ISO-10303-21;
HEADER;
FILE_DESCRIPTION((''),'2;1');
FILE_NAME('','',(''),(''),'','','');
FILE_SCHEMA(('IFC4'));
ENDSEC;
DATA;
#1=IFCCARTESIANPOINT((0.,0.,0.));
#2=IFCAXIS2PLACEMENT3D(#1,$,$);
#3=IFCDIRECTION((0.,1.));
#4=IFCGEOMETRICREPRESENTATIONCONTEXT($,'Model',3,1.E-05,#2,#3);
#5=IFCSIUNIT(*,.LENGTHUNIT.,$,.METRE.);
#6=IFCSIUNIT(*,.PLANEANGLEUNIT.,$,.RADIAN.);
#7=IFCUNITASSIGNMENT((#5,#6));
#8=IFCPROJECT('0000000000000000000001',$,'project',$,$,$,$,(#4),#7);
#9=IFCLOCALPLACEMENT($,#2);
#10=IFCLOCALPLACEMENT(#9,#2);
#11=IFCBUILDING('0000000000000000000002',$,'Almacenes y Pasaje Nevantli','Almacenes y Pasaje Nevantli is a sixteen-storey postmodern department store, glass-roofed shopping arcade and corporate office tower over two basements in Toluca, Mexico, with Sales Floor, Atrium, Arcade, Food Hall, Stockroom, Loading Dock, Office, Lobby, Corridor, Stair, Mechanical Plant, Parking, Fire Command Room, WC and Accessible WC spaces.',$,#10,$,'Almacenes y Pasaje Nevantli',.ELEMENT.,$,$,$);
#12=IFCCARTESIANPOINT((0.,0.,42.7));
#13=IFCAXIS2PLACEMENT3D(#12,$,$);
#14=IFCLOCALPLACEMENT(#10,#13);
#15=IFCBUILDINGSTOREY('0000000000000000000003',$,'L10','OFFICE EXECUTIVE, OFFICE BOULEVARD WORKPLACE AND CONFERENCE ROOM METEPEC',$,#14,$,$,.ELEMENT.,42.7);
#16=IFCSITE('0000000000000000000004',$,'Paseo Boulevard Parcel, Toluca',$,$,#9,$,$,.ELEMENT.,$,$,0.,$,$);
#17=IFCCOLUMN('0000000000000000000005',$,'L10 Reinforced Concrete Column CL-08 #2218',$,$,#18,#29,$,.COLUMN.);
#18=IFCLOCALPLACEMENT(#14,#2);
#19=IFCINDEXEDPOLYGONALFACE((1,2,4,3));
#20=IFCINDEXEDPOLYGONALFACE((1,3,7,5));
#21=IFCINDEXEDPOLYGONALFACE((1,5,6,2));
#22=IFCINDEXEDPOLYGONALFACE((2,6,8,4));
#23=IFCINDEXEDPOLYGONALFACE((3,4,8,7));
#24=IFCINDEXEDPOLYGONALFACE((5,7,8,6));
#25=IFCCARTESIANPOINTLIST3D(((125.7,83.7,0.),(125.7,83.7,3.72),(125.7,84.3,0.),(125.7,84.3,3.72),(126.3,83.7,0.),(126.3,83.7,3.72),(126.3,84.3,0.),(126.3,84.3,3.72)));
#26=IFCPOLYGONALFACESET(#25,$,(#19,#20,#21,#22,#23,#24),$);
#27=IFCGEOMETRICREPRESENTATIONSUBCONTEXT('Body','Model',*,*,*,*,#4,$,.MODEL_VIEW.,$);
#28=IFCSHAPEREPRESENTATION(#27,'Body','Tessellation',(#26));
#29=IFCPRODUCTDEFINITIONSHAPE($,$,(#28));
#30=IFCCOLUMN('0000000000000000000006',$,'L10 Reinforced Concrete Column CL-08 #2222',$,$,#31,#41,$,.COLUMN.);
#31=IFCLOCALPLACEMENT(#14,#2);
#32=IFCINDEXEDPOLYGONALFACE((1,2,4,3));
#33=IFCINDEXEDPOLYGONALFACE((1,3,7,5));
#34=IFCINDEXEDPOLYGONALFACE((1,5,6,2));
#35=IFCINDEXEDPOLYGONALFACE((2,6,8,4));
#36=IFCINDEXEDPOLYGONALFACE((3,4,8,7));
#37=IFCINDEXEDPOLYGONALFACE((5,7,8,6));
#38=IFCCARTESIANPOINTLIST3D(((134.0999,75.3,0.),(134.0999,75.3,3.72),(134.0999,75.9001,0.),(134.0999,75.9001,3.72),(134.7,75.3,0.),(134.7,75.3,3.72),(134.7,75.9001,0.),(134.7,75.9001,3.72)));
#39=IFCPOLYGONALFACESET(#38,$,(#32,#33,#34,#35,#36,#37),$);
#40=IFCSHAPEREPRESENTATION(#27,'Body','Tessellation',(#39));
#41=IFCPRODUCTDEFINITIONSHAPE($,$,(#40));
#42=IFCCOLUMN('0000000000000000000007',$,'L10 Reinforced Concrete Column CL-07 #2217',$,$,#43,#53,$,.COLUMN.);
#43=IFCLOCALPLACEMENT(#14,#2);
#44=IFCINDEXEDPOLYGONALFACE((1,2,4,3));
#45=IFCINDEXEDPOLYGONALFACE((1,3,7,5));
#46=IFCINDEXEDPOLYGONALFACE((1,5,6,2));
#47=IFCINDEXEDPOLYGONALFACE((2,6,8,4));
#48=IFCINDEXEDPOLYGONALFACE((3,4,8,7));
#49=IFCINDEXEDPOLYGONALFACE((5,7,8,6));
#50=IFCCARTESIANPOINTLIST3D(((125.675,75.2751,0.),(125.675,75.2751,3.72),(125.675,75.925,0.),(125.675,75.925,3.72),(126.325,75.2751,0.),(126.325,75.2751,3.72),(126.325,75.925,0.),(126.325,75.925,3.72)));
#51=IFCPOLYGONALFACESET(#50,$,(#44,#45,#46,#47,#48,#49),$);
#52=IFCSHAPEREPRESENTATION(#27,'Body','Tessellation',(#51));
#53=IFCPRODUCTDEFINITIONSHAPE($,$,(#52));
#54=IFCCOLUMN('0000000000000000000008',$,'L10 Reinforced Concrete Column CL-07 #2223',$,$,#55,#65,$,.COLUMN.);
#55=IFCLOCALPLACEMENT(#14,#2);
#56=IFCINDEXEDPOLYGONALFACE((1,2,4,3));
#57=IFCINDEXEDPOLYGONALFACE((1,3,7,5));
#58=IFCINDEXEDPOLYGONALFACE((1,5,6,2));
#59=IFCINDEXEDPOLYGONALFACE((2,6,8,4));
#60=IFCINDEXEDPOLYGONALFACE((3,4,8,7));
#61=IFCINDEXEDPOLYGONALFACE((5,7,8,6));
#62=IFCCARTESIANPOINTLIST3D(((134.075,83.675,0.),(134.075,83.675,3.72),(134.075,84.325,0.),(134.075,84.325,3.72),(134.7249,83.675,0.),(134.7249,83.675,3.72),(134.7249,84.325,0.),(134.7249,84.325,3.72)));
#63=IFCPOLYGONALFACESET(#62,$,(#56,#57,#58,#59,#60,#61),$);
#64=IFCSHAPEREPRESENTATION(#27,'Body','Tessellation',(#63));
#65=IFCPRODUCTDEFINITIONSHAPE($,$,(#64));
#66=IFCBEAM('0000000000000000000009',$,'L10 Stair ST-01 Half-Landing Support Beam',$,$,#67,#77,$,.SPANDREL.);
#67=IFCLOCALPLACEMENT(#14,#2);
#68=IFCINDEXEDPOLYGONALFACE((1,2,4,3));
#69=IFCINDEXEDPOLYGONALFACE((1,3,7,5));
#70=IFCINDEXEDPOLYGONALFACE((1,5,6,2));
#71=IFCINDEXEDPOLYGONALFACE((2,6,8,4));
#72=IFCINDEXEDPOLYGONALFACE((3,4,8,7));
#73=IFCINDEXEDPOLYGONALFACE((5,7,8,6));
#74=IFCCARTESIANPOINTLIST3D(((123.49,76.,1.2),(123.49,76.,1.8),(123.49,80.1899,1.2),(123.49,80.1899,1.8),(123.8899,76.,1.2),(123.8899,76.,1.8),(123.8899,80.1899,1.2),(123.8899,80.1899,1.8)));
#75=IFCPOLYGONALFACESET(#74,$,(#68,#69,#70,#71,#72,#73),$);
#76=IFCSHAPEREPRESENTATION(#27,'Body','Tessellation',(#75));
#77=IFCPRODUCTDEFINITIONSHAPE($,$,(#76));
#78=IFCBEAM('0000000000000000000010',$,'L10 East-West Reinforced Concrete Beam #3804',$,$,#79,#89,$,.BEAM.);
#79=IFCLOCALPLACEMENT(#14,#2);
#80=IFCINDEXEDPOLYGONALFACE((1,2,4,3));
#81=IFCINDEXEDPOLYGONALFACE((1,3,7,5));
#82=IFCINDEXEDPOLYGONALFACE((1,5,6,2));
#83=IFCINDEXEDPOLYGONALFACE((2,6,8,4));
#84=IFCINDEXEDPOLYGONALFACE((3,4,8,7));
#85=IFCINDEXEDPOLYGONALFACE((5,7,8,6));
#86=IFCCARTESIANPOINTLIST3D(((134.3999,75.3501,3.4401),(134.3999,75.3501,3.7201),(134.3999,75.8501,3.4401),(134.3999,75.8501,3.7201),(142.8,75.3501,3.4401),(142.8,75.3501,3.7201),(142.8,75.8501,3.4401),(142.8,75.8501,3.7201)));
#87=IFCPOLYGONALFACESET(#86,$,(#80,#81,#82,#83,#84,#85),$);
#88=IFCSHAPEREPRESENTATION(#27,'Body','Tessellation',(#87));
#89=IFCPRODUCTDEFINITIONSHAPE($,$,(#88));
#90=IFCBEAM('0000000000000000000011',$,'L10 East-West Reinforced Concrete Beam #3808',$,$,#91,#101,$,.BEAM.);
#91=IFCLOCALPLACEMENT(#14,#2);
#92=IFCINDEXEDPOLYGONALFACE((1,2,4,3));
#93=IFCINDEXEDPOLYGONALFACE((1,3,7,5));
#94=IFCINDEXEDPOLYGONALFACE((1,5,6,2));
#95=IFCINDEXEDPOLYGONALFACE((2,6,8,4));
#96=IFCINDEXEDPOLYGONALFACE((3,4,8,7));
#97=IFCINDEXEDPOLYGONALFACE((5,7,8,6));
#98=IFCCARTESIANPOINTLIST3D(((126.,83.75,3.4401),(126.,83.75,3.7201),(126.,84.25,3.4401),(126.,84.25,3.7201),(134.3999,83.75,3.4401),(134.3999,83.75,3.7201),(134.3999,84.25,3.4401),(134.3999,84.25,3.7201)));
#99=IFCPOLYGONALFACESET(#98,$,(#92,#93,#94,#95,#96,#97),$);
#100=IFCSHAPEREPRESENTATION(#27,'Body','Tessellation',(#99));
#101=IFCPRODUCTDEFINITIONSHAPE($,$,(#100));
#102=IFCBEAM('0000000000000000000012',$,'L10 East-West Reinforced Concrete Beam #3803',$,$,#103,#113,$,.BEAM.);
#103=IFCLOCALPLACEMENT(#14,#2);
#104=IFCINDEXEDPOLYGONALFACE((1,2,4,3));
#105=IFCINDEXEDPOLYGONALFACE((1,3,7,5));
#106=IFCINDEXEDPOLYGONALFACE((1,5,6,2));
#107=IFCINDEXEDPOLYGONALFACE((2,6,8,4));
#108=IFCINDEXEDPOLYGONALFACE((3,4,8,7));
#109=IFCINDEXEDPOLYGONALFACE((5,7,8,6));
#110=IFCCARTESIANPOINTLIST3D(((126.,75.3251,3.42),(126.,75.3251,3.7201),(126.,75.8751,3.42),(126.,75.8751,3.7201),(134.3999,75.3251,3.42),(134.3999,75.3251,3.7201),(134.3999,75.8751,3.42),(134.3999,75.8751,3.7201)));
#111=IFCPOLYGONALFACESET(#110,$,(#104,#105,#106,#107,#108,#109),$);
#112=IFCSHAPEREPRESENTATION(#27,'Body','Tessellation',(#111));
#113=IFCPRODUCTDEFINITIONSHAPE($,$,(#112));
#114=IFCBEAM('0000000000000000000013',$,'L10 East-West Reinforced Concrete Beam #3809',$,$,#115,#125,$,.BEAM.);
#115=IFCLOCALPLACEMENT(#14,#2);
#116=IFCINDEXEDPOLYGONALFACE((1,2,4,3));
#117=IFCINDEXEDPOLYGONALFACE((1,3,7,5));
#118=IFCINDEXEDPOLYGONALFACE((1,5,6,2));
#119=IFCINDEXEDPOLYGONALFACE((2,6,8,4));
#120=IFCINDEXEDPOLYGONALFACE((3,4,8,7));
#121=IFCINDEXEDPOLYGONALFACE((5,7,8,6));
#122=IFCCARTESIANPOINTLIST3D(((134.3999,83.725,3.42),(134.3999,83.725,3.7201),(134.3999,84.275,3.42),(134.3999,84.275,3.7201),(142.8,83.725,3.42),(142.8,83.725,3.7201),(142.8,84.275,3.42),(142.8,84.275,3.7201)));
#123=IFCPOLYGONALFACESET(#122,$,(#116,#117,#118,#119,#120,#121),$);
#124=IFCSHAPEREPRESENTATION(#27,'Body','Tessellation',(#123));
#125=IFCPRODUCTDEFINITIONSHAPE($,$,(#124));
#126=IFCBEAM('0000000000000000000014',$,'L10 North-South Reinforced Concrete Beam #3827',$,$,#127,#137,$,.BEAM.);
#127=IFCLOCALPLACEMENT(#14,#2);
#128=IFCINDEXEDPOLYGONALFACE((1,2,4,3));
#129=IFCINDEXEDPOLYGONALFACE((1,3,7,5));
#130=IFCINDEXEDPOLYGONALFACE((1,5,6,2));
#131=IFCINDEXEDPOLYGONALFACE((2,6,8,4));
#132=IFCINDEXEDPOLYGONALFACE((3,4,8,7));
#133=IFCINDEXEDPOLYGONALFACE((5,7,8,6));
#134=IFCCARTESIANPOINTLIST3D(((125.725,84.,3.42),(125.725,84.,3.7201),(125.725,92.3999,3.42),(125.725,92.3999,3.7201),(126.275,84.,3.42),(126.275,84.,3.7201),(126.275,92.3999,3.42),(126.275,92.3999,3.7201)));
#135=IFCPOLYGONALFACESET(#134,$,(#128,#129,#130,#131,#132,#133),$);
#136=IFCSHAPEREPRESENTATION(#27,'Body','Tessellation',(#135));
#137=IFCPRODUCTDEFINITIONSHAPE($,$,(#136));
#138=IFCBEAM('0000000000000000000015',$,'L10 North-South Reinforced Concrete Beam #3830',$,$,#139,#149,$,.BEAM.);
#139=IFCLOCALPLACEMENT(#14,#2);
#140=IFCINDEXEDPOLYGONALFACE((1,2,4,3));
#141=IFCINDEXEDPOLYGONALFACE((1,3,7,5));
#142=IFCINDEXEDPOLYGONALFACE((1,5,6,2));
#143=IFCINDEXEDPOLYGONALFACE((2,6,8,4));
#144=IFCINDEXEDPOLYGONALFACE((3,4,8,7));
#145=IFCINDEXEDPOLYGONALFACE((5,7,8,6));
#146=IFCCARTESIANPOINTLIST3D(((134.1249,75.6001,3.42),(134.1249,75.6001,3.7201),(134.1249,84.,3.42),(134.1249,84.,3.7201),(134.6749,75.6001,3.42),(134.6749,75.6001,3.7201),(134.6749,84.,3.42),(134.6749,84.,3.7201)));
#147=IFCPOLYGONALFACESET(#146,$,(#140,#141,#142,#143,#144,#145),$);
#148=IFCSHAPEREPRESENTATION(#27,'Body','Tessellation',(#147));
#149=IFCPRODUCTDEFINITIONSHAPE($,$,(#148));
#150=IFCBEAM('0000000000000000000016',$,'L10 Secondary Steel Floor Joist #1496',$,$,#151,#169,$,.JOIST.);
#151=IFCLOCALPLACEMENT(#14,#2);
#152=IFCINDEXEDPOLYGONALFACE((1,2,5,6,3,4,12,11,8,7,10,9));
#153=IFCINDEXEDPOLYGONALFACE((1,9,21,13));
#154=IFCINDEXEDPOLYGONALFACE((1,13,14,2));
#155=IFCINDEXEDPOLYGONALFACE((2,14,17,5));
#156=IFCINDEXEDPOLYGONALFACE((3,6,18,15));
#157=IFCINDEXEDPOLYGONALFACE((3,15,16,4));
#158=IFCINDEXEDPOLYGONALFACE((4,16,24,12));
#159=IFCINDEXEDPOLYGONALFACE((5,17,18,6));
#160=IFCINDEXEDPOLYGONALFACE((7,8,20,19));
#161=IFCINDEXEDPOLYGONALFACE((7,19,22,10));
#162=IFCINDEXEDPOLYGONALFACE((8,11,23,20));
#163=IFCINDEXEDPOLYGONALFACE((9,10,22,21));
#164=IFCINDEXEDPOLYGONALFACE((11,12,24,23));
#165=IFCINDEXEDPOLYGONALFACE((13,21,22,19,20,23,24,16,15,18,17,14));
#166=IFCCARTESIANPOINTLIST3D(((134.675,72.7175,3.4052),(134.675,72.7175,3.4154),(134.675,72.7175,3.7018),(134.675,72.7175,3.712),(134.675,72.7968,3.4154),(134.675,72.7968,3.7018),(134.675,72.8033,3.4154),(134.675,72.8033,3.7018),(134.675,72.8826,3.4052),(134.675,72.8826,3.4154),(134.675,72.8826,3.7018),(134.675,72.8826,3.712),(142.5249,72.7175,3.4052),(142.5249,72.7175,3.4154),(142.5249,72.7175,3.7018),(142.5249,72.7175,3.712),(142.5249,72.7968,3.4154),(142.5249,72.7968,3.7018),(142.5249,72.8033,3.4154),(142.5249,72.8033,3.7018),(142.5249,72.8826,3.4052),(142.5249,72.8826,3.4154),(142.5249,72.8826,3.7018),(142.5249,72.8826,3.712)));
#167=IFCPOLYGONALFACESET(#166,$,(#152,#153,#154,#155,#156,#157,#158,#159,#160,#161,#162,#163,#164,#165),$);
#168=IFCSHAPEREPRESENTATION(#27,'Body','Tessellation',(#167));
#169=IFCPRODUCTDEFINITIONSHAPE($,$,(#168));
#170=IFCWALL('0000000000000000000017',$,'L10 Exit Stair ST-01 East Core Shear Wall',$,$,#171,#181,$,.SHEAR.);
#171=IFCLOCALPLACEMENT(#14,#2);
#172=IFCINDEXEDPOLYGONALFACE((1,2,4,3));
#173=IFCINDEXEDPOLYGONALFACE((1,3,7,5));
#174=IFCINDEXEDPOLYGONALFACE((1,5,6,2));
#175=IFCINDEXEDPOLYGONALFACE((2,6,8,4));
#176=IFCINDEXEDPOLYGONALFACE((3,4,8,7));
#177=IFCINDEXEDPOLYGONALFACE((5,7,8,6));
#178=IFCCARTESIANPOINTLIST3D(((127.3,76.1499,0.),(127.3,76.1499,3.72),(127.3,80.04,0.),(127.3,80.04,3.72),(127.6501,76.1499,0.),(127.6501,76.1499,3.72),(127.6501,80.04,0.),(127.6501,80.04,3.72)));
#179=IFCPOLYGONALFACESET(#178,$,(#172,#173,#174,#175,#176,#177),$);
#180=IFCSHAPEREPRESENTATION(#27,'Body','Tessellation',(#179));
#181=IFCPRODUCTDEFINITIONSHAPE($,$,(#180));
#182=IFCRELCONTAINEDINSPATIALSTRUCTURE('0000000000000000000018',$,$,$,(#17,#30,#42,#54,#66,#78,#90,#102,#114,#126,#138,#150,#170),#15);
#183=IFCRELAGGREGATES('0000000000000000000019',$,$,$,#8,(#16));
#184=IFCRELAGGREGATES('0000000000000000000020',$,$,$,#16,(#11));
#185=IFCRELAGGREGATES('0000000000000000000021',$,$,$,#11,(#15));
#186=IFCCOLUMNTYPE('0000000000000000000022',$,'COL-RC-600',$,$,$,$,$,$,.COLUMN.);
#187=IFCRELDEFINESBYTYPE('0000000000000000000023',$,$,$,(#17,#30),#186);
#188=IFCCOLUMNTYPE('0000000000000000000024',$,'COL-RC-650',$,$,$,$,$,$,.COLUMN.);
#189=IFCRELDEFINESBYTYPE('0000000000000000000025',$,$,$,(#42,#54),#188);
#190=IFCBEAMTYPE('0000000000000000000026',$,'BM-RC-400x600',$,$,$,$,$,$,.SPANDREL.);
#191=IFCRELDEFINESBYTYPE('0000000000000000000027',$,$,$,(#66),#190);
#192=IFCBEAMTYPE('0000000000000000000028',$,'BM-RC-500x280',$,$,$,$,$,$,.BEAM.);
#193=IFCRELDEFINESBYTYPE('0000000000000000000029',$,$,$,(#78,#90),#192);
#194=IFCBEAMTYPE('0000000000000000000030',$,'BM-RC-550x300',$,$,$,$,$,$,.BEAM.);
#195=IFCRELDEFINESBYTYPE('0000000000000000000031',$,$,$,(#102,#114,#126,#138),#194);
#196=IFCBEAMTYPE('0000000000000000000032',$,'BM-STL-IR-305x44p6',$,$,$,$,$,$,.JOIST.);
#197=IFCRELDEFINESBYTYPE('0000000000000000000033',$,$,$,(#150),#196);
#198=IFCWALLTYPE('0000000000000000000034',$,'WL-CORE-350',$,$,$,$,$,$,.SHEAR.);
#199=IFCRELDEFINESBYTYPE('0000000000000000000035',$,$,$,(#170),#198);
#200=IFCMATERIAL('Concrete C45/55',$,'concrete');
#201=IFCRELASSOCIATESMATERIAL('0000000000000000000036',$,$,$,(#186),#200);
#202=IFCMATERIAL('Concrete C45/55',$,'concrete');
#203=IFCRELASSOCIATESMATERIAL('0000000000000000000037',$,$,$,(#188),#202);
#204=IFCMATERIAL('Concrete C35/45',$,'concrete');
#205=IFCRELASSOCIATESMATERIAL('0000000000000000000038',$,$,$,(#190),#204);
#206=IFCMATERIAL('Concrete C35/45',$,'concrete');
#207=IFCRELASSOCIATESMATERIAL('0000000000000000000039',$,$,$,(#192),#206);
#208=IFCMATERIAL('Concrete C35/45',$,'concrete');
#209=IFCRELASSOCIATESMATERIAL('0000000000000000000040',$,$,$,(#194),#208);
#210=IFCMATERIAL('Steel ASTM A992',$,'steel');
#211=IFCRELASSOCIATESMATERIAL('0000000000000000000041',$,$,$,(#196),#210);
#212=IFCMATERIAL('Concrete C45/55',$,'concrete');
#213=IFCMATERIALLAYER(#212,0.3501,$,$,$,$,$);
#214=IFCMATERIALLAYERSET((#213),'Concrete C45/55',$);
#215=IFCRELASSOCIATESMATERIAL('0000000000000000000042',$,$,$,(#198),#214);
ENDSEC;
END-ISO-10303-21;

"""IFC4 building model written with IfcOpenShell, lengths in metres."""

from ifc_helpers import new_model, si_unit, direction, frame, frame_2d, origin, origin_2d, place, context, subcontext, project, spatial, rectangle, i_section, extrude, material, layer, layer_set, material_profile, profile_set, type_object, element, save


model = new_model("IFC4")

# Units and contexts
model_context = context("Model", 3, precision=1e-05, world=origin(), true_north=direction((0.0, 1.0)))
body_context = subcontext(model_context, "Body", "Model", "MODEL_VIEW")
ifc_project = project(units=[si_unit("LENGTHUNIT", "METRE"), si_unit("PLANEANGLEUNIT", "RADIAN")], contexts=[model_context])

# Site, building, storey
site_placement = place(None, origin())
site = spatial("IfcSite", under=ifc_project, at=site_placement, Name="Paseo Boulevard Parcel, Toluca", CompositionType="ELEMENT", RefElevation=0.0)
building_placement = place(site_placement, origin())
building = spatial("IfcBuilding", under=site, at=building_placement, Name="Almacenes y Pasaje Nevantli", Description="Almacenes y Pasaje Nevantli is a sixteen-storey postmodern department store, glass-roofed shopping arcade and corporate office tower over two basements in Toluca, Mexico, with Sales Floor, Atrium, Arcade, Food Hall, Stockroom, Loading Dock, Office, Lobby, Corridor, Stair, Mechanical Plant, Parking, Fire Command Room, WC and Accessible WC spaces.", LongName="Almacenes y Pasaje Nevantli", CompositionType="ELEMENT")
storey_placement = place(building_placement, frame((0.0, 0.0, 42.7)))
storey = spatial("IfcBuildingStorey", under=building, at=storey_placement, Name="L10", Description="OFFICE EXECUTIVE, OFFICE BOULEVARD WORKPLACE AND CONFERENCE ROOM METEPEC", CompositionType="ELEMENT", Elevation=42.7)

# Columns
ifc_material_1 = material(Name="Concrete C45/55", Category="concrete")
ifc_material_profile_1 = material_profile(ifc_material_1, rectangle(XDim=0.6001, YDim=0.6001, at=origin_2d()), Name="RC-COL-600x600")
ifc_profile_set_1 = profile_set([ifc_material_profile_1], Name="Concrete C45/55")
column_type_1 = type_object("IfcColumnType", Name="COL-RC-600", PredefinedType="COLUMN", material=ifc_profile_set_1)
for number, where, z_axis, x_axis, name in (
    (1, (126.0, 84.0, 0.0), (0.0, 0.0, 1.0), (1.0, 0.0, 0.0), "L10 Reinforced Concrete Column CL-08 #2218"),
    (2, (134.3999, 75.6001, 0.0), (0.0, 0.0, 1.0), (1.0, 0.0, 0.0), "L10 Reinforced Concrete Column CL-08 #2222"),
):
    element("IfcColumn", number, at=place(storey_placement, frame(where, z_axis=z_axis, x_axis=x_axis)), inside=storey, type_object=column_type_1, Name=name, PredefinedType="COLUMN", context=body_context, shape_type="SweptSolid", body=[
        extrude(rectangle(XDim=0.6001, YDim=0.6001, at=origin_2d()), origin(), (0.0, 0.0, 1.0), 3.72),
    ])
ifc_material_2 = material(Name="Concrete C45/55", Category="concrete")
ifc_material_profile_2 = material_profile(ifc_material_2, rectangle(XDim=0.6499, YDim=0.6499, at=origin_2d()), Name="RC-COL-650x650")
ifc_profile_set_2 = profile_set([ifc_material_profile_2], Name="Concrete C45/55")
column_type_2 = type_object("IfcColumnType", Name="COL-RC-650", PredefinedType="COLUMN", material=ifc_profile_set_2)
for number, where, z_axis, x_axis, name in (
    (3, (126.0, 75.6001, 0.0), (0.0, 0.0, 1.0), (1.0, 0.0, 0.0), "L10 Reinforced Concrete Column CL-07 #2217"),
    (4, (134.3999, 84.0, 0.0), (0.0, 0.0, 1.0), (1.0, 0.0, 0.0), "L10 Reinforced Concrete Column CL-07 #2223"),
):
    element("IfcColumn", number, at=place(storey_placement, frame(where, z_axis=z_axis, x_axis=x_axis)), inside=storey, type_object=column_type_2, Name=name, PredefinedType="COLUMN", context=body_context, shape_type="SweptSolid", body=[
        extrude(rectangle(XDim=0.6499, YDim=0.6499, at=origin_2d()), origin(), (0.0, 0.0, 1.0), 3.72),
    ])

# Beams
ifc_material_3 = material(Name="Concrete C35/45", Category="concrete")
ifc_material_profile_3 = material_profile(ifc_material_3, rectangle(XDim=0.3999, YDim=0.6001, at=origin_2d()), Name="RC-BM-400x600")
ifc_profile_set_3 = profile_set([ifc_material_profile_3], Name="Concrete C35/45")
beam_type_1 = type_object("IfcBeamType", Name="BM-RC-400x600", PredefinedType="SPANDREL", material=ifc_profile_set_3)
beam_1_placement = place(storey_placement, frame((123.6899, 76.0, 1.5), z_axis=(0.0, 1.0, 0.0), x_axis=(-1.0, 0.0, 0.0)))
element("IfcBeam", 5, at=beam_1_placement, inside=storey, type_object=beam_type_1, Name="L10 Stair ST-01 Half-Landing Support Beam", PredefinedType="SPANDREL", context=body_context, shape_type="SweptSolid", body=[
    extrude(rectangle(XDim=0.3999, YDim=0.6001, at=origin_2d()), origin(), (0.0, 0.0, 1.0), 4.1899),
])
ifc_material_4 = material(Name="Concrete C35/45", Category="concrete")
ifc_material_profile_4 = material_profile(ifc_material_4, rectangle(XDim=0.5, YDim=0.28, at=origin_2d()), Name="RC-BM-500x280")
ifc_profile_set_4 = profile_set([ifc_material_profile_4], Name="Concrete C35/45")
beam_type_2 = type_object("IfcBeamType", Name="BM-RC-500x280", PredefinedType="BEAM", material=ifc_profile_set_4)
beam_2_placement = place(storey_placement, frame((134.3999, 75.6001, 3.5801), z_axis=(1.0, 0.0, 0.0), x_axis=(0.0, 1.0, 0.0)))
element("IfcBeam", 6, at=beam_2_placement, inside=storey, type_object=beam_type_2, Name="L10 East-West Reinforced Concrete Beam #3804", PredefinedType="BEAM", context=body_context, shape_type="SweptSolid", body=[
    extrude(rectangle(XDim=0.5, YDim=0.28, at=origin_2d()), origin(), (0.0, 0.0, 1.0), 8.4001),
])
beam_3_placement = place(storey_placement, frame((126.0, 84.0, 3.5801), z_axis=(1.0, 0.0, 0.0), x_axis=(0.0, 1.0, 0.0)))
element("IfcBeam", 7, at=beam_3_placement, inside=storey, type_object=beam_type_2, Name="L10 East-West Reinforced Concrete Beam #3808", PredefinedType="BEAM", context=body_context, shape_type="SweptSolid", body=[
    extrude(rectangle(XDim=0.5, YDim=0.28, at=origin_2d()), origin(), (0.0, 0.0, 1.0), 8.3999),
])
ifc_material_5 = material(Name="Concrete C35/45", Category="concrete")
ifc_material_profile_5 = material_profile(ifc_material_5, rectangle(XDim=0.55, YDim=0.3, at=origin_2d()), Name="RC-BM-550x300")
ifc_profile_set_5 = profile_set([ifc_material_profile_5], Name="Concrete C35/45")
beam_type_3 = type_object("IfcBeamType", Name="BM-RC-550x300", PredefinedType="BEAM", material=ifc_profile_set_5)
beam_4_placement = place(storey_placement, frame((126.0, 75.6001, 3.5701), z_axis=(1.0, 0.0, 0.0), x_axis=(0.0, 1.0, 0.0)))
element("IfcBeam", 8, at=beam_4_placement, inside=storey, type_object=beam_type_3, Name="L10 East-West Reinforced Concrete Beam #3803", PredefinedType="BEAM", context=body_context, shape_type="SweptSolid", body=[
    extrude(rectangle(XDim=0.55, YDim=0.3, at=origin_2d()), origin(), (0.0, 0.0, 1.0), 8.3999),
])
beam_5_placement = place(storey_placement, frame((134.3999, 84.0, 3.5701), z_axis=(1.0, 0.0, 0.0), x_axis=(0.0, 1.0, 0.0)))
element("IfcBeam", 9, at=beam_5_placement, inside=storey, type_object=beam_type_3, Name="L10 East-West Reinforced Concrete Beam #3809", PredefinedType="BEAM", context=body_context, shape_type="SweptSolid", body=[
    extrude(rectangle(XDim=0.55, YDim=0.3, at=origin_2d()), origin(), (0.0, 0.0, 1.0), 8.4001),
])
for number, where, z_axis, x_axis, name in (
    (10, (126.0, 84.0, 3.5701), (0.0, 1.0, 0.0), (-1.0, 0.0, 0.0), "L10 North-South Reinforced Concrete Beam #3827"),
    (11, (134.3999, 75.6001, 3.5701), (0.0, 1.0, 0.0), (-1.0, 0.0, 0.0), "L10 North-South Reinforced Concrete Beam #3830"),
):
    element("IfcBeam", number, at=place(storey_placement, frame(where, z_axis=z_axis, x_axis=x_axis)), inside=storey, type_object=beam_type_3, Name=name, PredefinedType="BEAM", context=body_context, shape_type="SweptSolid", body=[
        extrude(rectangle(XDim=0.55, YDim=0.3, at=origin_2d()), origin(), (0.0, 0.0, 1.0), 8.3999),
    ])
ifc_material_6 = material(Name="Steel ASTM A992", Category="steel")
ifc_material_profile_6 = material_profile(ifc_material_6, i_section(OverallWidth=0.165, OverallDepth=0.3069, WebThickness=0.0066, FlangeThickness=0.0103, at=origin_2d()), Name="IR 305x44.6")
ifc_profile_set_6 = profile_set([ifc_material_profile_6], Name="Steel ASTM A992")
beam_type_4 = type_object("IfcBeamType", Name="BM-STL-IR-305x44p6", PredefinedType="JOIST", material=ifc_profile_set_6)
beam_6_placement = place(storey_placement, frame((134.675, 72.8, 3.5586), z_axis=(1.0, 0.0, 0.0), x_axis=(0.0, 1.0, 0.0)))
element("IfcBeam", 12, at=beam_6_placement, inside=storey, type_object=beam_type_4, Name="L10 Secondary Steel Floor Joist #1496", PredefinedType="JOIST", context=body_context, shape_type="SweptSolid", body=[
    extrude(i_section(OverallWidth=0.165, OverallDepth=0.3069, WebThickness=0.0066, FlangeThickness=0.0103, at=origin_2d()), origin(), (0.0, 0.0, 1.0), 7.8499),
])

# Wall
ifc_material_7 = material(Name="Concrete C45/55", Category="concrete")
ifc_layer_1 = layer(ifc_material_7, 0.3501)
ifc_layer_set_1 = layer_set([ifc_layer_1], Name="Concrete C45/55")
wall_type_1 = type_object("IfcWallType", Name="WL-CORE-350", PredefinedType="SHEAR", material=ifc_layer_set_1)
wall_1_placement = place(storey_placement, frame((127.4751, 76.1499, 0.0), z_axis=(0.0, 0.0, 1.0), x_axis=(0.0, 1.0, 0.0)))
element("IfcWall", 13, at=wall_1_placement, inside=storey, type_object=wall_type_1, Name="L10 Exit Stair ST-01 East Core Shear Wall", PredefinedType="SHEAR", context=body_context, shape_type="SweptSolid", body=[
    extrude(rectangle(XDim=3.8901, YDim=0.3501, at=frame_2d((1.9451, 0.0))), origin(), (0.0, 0.0, 1.0), 3.72),
])

save(model, "model.ifc")
